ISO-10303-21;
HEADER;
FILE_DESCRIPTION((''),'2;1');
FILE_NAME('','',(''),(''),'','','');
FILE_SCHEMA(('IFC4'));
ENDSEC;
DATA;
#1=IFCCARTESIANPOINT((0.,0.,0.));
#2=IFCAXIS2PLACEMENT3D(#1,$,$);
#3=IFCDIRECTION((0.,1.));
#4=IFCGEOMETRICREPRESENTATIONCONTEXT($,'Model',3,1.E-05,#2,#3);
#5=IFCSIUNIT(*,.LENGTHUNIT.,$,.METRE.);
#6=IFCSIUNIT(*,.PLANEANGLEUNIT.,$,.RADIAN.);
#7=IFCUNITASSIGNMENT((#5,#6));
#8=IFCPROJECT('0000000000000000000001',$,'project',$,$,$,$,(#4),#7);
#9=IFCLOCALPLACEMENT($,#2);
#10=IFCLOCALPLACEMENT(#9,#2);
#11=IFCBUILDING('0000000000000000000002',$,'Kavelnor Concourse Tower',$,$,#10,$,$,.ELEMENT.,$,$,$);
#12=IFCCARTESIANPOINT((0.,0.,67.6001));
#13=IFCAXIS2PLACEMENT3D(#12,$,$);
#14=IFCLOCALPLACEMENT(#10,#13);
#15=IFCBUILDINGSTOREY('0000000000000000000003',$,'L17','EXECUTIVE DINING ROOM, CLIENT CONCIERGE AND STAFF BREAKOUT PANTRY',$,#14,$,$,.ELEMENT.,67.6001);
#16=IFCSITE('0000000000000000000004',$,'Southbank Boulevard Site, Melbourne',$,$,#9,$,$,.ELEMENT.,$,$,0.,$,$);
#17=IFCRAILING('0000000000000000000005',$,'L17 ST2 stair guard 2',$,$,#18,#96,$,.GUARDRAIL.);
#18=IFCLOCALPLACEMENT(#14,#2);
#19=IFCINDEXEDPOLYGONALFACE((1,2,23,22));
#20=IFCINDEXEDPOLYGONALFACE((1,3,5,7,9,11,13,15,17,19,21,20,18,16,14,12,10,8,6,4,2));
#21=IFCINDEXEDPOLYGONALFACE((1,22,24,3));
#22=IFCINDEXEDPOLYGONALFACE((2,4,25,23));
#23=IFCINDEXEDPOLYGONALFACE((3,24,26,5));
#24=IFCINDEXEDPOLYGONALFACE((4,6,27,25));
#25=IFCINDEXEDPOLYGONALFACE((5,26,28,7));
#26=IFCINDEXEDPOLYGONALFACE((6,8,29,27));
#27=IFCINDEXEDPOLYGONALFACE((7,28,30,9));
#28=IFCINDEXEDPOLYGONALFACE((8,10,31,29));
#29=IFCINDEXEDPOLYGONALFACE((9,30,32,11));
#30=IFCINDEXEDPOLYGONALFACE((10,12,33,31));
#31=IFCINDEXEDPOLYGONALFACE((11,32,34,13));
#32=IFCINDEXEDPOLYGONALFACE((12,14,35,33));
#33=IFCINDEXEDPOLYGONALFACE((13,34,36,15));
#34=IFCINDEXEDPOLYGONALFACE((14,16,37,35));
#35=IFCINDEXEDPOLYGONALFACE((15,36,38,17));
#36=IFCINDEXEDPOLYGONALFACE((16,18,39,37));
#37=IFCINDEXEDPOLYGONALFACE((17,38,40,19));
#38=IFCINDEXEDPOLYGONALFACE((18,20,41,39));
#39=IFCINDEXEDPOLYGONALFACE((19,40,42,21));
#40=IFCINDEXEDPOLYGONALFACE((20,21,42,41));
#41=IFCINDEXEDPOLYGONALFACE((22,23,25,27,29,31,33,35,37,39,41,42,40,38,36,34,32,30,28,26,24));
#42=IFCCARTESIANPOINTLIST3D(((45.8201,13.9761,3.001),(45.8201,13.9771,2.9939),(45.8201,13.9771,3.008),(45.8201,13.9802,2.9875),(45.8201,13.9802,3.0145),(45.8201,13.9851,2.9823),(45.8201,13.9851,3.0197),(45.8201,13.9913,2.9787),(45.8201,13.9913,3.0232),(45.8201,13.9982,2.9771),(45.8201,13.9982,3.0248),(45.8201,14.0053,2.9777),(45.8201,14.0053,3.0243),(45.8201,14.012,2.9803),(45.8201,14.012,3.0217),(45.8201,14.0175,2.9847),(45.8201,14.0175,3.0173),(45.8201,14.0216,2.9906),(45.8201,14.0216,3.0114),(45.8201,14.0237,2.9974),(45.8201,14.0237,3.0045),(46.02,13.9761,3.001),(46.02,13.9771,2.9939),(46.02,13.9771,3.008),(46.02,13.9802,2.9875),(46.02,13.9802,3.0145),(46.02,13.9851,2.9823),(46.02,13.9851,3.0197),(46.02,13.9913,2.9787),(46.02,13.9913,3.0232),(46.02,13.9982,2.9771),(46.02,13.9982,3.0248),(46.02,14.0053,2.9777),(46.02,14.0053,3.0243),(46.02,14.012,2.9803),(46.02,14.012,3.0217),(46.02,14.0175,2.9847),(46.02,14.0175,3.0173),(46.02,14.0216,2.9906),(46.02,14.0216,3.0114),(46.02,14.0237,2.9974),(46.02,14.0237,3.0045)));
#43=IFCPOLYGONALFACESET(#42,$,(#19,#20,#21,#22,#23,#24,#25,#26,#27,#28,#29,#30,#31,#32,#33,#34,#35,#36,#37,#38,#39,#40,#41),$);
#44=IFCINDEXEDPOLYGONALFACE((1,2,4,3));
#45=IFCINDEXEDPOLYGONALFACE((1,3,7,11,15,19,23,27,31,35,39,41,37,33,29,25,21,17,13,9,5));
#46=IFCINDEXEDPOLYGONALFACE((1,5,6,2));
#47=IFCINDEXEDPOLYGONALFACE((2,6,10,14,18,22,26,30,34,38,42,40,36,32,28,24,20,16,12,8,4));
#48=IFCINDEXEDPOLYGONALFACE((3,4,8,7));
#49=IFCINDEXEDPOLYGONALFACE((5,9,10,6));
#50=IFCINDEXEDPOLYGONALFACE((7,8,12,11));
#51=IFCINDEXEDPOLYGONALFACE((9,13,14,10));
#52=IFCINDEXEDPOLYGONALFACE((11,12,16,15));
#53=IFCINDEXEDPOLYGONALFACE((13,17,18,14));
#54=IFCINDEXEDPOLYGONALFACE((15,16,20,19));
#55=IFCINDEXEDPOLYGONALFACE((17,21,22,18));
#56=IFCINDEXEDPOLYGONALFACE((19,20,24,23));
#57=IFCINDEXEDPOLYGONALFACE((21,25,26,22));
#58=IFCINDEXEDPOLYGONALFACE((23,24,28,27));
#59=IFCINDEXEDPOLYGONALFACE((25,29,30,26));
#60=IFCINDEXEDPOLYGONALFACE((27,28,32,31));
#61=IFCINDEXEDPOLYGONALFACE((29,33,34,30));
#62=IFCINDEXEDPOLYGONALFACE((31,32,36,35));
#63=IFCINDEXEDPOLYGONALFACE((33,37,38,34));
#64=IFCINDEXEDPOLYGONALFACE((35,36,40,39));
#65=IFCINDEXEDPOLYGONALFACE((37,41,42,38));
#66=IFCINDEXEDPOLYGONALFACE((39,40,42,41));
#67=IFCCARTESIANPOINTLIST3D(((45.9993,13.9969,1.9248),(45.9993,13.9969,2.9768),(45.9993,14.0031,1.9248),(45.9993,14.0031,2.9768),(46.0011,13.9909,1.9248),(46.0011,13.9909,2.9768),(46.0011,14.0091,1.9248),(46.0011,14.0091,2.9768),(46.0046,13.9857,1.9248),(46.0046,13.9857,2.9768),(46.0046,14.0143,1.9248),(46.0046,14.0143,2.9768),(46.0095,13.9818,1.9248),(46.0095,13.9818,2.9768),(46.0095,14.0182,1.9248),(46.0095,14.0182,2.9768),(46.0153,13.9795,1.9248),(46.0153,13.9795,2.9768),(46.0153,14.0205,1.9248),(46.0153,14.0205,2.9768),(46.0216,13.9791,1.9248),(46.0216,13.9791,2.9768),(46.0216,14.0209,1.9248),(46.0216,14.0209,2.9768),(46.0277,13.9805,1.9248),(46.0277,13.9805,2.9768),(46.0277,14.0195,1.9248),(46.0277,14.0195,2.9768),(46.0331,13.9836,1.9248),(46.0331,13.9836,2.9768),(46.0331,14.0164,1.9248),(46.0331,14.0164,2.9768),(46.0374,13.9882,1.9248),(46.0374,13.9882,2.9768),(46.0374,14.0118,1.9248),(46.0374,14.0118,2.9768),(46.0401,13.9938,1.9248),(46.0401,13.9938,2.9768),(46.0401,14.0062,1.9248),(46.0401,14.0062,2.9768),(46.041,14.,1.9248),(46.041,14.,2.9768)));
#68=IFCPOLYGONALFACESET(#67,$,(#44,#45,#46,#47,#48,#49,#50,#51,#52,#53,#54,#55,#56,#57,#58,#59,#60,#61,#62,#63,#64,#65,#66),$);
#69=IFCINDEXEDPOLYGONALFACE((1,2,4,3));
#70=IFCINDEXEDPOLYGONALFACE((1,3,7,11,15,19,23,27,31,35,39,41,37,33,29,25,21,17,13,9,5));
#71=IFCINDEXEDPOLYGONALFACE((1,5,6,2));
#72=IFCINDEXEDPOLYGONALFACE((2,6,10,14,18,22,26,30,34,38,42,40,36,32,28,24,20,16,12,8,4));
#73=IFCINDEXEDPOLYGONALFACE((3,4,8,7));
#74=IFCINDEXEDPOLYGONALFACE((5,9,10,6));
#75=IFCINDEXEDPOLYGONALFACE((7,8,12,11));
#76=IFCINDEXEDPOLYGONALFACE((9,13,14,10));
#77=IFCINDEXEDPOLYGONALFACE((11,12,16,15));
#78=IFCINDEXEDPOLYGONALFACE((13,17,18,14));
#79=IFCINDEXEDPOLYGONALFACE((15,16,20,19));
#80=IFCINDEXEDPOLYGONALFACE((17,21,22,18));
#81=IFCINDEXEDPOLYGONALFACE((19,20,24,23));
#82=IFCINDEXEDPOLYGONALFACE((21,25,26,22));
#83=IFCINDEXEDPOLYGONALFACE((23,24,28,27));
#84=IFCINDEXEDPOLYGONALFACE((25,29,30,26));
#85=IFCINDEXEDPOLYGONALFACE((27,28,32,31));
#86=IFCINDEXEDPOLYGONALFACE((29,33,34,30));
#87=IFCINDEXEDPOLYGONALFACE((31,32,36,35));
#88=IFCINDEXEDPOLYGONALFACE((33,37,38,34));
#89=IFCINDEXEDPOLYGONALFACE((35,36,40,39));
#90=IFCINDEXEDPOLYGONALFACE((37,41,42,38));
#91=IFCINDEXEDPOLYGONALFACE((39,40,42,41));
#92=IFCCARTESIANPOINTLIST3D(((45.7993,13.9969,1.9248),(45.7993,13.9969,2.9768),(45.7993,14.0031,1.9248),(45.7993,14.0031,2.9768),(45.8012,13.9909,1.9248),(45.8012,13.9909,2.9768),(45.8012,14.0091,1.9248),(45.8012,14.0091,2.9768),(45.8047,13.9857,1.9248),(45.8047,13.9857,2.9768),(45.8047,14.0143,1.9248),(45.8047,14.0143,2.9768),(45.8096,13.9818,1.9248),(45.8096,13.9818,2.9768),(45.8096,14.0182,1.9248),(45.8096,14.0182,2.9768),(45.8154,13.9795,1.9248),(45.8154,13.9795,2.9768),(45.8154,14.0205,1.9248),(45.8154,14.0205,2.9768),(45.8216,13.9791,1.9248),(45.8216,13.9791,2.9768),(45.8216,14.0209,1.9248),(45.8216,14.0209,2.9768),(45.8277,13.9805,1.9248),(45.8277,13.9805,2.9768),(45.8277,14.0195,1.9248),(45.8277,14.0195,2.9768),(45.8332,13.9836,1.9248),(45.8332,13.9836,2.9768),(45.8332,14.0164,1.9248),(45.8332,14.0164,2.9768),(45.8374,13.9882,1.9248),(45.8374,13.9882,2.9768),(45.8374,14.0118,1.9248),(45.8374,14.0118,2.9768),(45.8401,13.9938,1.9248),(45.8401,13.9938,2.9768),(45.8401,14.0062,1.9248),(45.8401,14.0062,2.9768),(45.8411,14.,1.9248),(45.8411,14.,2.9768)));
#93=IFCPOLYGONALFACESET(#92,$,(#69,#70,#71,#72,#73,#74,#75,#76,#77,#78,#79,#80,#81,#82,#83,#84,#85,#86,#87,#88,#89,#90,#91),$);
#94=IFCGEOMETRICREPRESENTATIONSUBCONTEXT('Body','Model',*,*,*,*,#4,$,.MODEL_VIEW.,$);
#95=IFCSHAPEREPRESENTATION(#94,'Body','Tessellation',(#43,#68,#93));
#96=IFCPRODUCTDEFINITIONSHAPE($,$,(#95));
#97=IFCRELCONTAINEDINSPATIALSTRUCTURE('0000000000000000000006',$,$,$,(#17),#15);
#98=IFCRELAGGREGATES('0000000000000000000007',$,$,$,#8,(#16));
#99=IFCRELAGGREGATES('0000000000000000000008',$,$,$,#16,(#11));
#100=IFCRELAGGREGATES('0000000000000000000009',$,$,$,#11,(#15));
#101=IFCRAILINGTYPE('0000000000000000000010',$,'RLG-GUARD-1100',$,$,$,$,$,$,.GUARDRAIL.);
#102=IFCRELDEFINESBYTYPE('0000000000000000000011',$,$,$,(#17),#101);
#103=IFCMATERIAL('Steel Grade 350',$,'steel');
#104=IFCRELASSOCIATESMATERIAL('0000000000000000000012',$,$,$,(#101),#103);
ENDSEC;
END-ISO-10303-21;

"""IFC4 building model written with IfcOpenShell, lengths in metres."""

from ifc_helpers import new_model, si_unit, direction, frame, origin, origin_2d, place, context, subcontext, project, spatial, circle, extrude, material, type_object, element, save


model = new_model("IFC4")

# Units and contexts
model_context = context("Model", 3, precision=1e-05, world=origin(), true_north=direction((0.0, 1.0)))
body_context = subcontext(model_context, "Body", "Model", "MODEL_VIEW")
ifc_project = project(units=[si_unit("LENGTHUNIT", "METRE"), si_unit("PLANEANGLEUNIT", "RADIAN")], contexts=[model_context])

# Site, building, storey
site_placement = place(None, origin())
site = spatial("IfcSite", under=ifc_project, at=site_placement, Name="Southbank Boulevard Site, Melbourne", CompositionType="ELEMENT", RefElevation=0.0)
building_placement = place(site_placement, origin())
building = spatial("IfcBuilding", under=site, at=building_placement, Name="Kavelnor Concourse Tower", CompositionType="ELEMENT")
storey_placement = place(building_placement, frame((0.0, 0.0, 67.6001)))
storey = spatial("IfcBuildingStorey", under=building, at=storey_placement, Name="L17", Description="EXECUTIVE DINING ROOM, CLIENT CONCIERGE AND STAFF BREAKOUT PANTRY", CompositionType="ELEMENT", Elevation=67.6001)

# Shared definitions
ifc_material_1 = material(Name="Steel Grade 350", Category="steel")

# Railing
railing_type_1 = type_object("IfcRailingType", Name="RLG-GUARD-1100", PredefinedType="GUARDRAIL", material=ifc_material_1)
railing_1_placement = place(storey_placement, frame((46.02, 14.0, 1.9248)))
element("IfcRailing", 1, at=railing_1_placement, inside=storey, type_object=railing_type_1, Name="L17 ST2 stair guard 2", PredefinedType="GUARDRAIL", context=body_context, shape_type="SweptSolid", body=[
    extrude(circle(Radius=0.0239, at=origin_2d()), frame((0.0, 0.0, 1.0762), z_axis=(-1.0, 0.0, 0.0), x_axis=(0.0, -1.0, 0.0)), (0.0, 0.0, 1.0), 0.2),
    extrude(circle(Radius=0.021, at=origin_2d()), origin(), (0.0, 0.0, 1.0), 1.052),
    extrude(circle(Radius=0.021, at=origin_2d()), frame((-0.2, 0.0, 0.0)), (0.0, 0.0, 1.0), 1.052),
])

save(model, "model.ifc")
